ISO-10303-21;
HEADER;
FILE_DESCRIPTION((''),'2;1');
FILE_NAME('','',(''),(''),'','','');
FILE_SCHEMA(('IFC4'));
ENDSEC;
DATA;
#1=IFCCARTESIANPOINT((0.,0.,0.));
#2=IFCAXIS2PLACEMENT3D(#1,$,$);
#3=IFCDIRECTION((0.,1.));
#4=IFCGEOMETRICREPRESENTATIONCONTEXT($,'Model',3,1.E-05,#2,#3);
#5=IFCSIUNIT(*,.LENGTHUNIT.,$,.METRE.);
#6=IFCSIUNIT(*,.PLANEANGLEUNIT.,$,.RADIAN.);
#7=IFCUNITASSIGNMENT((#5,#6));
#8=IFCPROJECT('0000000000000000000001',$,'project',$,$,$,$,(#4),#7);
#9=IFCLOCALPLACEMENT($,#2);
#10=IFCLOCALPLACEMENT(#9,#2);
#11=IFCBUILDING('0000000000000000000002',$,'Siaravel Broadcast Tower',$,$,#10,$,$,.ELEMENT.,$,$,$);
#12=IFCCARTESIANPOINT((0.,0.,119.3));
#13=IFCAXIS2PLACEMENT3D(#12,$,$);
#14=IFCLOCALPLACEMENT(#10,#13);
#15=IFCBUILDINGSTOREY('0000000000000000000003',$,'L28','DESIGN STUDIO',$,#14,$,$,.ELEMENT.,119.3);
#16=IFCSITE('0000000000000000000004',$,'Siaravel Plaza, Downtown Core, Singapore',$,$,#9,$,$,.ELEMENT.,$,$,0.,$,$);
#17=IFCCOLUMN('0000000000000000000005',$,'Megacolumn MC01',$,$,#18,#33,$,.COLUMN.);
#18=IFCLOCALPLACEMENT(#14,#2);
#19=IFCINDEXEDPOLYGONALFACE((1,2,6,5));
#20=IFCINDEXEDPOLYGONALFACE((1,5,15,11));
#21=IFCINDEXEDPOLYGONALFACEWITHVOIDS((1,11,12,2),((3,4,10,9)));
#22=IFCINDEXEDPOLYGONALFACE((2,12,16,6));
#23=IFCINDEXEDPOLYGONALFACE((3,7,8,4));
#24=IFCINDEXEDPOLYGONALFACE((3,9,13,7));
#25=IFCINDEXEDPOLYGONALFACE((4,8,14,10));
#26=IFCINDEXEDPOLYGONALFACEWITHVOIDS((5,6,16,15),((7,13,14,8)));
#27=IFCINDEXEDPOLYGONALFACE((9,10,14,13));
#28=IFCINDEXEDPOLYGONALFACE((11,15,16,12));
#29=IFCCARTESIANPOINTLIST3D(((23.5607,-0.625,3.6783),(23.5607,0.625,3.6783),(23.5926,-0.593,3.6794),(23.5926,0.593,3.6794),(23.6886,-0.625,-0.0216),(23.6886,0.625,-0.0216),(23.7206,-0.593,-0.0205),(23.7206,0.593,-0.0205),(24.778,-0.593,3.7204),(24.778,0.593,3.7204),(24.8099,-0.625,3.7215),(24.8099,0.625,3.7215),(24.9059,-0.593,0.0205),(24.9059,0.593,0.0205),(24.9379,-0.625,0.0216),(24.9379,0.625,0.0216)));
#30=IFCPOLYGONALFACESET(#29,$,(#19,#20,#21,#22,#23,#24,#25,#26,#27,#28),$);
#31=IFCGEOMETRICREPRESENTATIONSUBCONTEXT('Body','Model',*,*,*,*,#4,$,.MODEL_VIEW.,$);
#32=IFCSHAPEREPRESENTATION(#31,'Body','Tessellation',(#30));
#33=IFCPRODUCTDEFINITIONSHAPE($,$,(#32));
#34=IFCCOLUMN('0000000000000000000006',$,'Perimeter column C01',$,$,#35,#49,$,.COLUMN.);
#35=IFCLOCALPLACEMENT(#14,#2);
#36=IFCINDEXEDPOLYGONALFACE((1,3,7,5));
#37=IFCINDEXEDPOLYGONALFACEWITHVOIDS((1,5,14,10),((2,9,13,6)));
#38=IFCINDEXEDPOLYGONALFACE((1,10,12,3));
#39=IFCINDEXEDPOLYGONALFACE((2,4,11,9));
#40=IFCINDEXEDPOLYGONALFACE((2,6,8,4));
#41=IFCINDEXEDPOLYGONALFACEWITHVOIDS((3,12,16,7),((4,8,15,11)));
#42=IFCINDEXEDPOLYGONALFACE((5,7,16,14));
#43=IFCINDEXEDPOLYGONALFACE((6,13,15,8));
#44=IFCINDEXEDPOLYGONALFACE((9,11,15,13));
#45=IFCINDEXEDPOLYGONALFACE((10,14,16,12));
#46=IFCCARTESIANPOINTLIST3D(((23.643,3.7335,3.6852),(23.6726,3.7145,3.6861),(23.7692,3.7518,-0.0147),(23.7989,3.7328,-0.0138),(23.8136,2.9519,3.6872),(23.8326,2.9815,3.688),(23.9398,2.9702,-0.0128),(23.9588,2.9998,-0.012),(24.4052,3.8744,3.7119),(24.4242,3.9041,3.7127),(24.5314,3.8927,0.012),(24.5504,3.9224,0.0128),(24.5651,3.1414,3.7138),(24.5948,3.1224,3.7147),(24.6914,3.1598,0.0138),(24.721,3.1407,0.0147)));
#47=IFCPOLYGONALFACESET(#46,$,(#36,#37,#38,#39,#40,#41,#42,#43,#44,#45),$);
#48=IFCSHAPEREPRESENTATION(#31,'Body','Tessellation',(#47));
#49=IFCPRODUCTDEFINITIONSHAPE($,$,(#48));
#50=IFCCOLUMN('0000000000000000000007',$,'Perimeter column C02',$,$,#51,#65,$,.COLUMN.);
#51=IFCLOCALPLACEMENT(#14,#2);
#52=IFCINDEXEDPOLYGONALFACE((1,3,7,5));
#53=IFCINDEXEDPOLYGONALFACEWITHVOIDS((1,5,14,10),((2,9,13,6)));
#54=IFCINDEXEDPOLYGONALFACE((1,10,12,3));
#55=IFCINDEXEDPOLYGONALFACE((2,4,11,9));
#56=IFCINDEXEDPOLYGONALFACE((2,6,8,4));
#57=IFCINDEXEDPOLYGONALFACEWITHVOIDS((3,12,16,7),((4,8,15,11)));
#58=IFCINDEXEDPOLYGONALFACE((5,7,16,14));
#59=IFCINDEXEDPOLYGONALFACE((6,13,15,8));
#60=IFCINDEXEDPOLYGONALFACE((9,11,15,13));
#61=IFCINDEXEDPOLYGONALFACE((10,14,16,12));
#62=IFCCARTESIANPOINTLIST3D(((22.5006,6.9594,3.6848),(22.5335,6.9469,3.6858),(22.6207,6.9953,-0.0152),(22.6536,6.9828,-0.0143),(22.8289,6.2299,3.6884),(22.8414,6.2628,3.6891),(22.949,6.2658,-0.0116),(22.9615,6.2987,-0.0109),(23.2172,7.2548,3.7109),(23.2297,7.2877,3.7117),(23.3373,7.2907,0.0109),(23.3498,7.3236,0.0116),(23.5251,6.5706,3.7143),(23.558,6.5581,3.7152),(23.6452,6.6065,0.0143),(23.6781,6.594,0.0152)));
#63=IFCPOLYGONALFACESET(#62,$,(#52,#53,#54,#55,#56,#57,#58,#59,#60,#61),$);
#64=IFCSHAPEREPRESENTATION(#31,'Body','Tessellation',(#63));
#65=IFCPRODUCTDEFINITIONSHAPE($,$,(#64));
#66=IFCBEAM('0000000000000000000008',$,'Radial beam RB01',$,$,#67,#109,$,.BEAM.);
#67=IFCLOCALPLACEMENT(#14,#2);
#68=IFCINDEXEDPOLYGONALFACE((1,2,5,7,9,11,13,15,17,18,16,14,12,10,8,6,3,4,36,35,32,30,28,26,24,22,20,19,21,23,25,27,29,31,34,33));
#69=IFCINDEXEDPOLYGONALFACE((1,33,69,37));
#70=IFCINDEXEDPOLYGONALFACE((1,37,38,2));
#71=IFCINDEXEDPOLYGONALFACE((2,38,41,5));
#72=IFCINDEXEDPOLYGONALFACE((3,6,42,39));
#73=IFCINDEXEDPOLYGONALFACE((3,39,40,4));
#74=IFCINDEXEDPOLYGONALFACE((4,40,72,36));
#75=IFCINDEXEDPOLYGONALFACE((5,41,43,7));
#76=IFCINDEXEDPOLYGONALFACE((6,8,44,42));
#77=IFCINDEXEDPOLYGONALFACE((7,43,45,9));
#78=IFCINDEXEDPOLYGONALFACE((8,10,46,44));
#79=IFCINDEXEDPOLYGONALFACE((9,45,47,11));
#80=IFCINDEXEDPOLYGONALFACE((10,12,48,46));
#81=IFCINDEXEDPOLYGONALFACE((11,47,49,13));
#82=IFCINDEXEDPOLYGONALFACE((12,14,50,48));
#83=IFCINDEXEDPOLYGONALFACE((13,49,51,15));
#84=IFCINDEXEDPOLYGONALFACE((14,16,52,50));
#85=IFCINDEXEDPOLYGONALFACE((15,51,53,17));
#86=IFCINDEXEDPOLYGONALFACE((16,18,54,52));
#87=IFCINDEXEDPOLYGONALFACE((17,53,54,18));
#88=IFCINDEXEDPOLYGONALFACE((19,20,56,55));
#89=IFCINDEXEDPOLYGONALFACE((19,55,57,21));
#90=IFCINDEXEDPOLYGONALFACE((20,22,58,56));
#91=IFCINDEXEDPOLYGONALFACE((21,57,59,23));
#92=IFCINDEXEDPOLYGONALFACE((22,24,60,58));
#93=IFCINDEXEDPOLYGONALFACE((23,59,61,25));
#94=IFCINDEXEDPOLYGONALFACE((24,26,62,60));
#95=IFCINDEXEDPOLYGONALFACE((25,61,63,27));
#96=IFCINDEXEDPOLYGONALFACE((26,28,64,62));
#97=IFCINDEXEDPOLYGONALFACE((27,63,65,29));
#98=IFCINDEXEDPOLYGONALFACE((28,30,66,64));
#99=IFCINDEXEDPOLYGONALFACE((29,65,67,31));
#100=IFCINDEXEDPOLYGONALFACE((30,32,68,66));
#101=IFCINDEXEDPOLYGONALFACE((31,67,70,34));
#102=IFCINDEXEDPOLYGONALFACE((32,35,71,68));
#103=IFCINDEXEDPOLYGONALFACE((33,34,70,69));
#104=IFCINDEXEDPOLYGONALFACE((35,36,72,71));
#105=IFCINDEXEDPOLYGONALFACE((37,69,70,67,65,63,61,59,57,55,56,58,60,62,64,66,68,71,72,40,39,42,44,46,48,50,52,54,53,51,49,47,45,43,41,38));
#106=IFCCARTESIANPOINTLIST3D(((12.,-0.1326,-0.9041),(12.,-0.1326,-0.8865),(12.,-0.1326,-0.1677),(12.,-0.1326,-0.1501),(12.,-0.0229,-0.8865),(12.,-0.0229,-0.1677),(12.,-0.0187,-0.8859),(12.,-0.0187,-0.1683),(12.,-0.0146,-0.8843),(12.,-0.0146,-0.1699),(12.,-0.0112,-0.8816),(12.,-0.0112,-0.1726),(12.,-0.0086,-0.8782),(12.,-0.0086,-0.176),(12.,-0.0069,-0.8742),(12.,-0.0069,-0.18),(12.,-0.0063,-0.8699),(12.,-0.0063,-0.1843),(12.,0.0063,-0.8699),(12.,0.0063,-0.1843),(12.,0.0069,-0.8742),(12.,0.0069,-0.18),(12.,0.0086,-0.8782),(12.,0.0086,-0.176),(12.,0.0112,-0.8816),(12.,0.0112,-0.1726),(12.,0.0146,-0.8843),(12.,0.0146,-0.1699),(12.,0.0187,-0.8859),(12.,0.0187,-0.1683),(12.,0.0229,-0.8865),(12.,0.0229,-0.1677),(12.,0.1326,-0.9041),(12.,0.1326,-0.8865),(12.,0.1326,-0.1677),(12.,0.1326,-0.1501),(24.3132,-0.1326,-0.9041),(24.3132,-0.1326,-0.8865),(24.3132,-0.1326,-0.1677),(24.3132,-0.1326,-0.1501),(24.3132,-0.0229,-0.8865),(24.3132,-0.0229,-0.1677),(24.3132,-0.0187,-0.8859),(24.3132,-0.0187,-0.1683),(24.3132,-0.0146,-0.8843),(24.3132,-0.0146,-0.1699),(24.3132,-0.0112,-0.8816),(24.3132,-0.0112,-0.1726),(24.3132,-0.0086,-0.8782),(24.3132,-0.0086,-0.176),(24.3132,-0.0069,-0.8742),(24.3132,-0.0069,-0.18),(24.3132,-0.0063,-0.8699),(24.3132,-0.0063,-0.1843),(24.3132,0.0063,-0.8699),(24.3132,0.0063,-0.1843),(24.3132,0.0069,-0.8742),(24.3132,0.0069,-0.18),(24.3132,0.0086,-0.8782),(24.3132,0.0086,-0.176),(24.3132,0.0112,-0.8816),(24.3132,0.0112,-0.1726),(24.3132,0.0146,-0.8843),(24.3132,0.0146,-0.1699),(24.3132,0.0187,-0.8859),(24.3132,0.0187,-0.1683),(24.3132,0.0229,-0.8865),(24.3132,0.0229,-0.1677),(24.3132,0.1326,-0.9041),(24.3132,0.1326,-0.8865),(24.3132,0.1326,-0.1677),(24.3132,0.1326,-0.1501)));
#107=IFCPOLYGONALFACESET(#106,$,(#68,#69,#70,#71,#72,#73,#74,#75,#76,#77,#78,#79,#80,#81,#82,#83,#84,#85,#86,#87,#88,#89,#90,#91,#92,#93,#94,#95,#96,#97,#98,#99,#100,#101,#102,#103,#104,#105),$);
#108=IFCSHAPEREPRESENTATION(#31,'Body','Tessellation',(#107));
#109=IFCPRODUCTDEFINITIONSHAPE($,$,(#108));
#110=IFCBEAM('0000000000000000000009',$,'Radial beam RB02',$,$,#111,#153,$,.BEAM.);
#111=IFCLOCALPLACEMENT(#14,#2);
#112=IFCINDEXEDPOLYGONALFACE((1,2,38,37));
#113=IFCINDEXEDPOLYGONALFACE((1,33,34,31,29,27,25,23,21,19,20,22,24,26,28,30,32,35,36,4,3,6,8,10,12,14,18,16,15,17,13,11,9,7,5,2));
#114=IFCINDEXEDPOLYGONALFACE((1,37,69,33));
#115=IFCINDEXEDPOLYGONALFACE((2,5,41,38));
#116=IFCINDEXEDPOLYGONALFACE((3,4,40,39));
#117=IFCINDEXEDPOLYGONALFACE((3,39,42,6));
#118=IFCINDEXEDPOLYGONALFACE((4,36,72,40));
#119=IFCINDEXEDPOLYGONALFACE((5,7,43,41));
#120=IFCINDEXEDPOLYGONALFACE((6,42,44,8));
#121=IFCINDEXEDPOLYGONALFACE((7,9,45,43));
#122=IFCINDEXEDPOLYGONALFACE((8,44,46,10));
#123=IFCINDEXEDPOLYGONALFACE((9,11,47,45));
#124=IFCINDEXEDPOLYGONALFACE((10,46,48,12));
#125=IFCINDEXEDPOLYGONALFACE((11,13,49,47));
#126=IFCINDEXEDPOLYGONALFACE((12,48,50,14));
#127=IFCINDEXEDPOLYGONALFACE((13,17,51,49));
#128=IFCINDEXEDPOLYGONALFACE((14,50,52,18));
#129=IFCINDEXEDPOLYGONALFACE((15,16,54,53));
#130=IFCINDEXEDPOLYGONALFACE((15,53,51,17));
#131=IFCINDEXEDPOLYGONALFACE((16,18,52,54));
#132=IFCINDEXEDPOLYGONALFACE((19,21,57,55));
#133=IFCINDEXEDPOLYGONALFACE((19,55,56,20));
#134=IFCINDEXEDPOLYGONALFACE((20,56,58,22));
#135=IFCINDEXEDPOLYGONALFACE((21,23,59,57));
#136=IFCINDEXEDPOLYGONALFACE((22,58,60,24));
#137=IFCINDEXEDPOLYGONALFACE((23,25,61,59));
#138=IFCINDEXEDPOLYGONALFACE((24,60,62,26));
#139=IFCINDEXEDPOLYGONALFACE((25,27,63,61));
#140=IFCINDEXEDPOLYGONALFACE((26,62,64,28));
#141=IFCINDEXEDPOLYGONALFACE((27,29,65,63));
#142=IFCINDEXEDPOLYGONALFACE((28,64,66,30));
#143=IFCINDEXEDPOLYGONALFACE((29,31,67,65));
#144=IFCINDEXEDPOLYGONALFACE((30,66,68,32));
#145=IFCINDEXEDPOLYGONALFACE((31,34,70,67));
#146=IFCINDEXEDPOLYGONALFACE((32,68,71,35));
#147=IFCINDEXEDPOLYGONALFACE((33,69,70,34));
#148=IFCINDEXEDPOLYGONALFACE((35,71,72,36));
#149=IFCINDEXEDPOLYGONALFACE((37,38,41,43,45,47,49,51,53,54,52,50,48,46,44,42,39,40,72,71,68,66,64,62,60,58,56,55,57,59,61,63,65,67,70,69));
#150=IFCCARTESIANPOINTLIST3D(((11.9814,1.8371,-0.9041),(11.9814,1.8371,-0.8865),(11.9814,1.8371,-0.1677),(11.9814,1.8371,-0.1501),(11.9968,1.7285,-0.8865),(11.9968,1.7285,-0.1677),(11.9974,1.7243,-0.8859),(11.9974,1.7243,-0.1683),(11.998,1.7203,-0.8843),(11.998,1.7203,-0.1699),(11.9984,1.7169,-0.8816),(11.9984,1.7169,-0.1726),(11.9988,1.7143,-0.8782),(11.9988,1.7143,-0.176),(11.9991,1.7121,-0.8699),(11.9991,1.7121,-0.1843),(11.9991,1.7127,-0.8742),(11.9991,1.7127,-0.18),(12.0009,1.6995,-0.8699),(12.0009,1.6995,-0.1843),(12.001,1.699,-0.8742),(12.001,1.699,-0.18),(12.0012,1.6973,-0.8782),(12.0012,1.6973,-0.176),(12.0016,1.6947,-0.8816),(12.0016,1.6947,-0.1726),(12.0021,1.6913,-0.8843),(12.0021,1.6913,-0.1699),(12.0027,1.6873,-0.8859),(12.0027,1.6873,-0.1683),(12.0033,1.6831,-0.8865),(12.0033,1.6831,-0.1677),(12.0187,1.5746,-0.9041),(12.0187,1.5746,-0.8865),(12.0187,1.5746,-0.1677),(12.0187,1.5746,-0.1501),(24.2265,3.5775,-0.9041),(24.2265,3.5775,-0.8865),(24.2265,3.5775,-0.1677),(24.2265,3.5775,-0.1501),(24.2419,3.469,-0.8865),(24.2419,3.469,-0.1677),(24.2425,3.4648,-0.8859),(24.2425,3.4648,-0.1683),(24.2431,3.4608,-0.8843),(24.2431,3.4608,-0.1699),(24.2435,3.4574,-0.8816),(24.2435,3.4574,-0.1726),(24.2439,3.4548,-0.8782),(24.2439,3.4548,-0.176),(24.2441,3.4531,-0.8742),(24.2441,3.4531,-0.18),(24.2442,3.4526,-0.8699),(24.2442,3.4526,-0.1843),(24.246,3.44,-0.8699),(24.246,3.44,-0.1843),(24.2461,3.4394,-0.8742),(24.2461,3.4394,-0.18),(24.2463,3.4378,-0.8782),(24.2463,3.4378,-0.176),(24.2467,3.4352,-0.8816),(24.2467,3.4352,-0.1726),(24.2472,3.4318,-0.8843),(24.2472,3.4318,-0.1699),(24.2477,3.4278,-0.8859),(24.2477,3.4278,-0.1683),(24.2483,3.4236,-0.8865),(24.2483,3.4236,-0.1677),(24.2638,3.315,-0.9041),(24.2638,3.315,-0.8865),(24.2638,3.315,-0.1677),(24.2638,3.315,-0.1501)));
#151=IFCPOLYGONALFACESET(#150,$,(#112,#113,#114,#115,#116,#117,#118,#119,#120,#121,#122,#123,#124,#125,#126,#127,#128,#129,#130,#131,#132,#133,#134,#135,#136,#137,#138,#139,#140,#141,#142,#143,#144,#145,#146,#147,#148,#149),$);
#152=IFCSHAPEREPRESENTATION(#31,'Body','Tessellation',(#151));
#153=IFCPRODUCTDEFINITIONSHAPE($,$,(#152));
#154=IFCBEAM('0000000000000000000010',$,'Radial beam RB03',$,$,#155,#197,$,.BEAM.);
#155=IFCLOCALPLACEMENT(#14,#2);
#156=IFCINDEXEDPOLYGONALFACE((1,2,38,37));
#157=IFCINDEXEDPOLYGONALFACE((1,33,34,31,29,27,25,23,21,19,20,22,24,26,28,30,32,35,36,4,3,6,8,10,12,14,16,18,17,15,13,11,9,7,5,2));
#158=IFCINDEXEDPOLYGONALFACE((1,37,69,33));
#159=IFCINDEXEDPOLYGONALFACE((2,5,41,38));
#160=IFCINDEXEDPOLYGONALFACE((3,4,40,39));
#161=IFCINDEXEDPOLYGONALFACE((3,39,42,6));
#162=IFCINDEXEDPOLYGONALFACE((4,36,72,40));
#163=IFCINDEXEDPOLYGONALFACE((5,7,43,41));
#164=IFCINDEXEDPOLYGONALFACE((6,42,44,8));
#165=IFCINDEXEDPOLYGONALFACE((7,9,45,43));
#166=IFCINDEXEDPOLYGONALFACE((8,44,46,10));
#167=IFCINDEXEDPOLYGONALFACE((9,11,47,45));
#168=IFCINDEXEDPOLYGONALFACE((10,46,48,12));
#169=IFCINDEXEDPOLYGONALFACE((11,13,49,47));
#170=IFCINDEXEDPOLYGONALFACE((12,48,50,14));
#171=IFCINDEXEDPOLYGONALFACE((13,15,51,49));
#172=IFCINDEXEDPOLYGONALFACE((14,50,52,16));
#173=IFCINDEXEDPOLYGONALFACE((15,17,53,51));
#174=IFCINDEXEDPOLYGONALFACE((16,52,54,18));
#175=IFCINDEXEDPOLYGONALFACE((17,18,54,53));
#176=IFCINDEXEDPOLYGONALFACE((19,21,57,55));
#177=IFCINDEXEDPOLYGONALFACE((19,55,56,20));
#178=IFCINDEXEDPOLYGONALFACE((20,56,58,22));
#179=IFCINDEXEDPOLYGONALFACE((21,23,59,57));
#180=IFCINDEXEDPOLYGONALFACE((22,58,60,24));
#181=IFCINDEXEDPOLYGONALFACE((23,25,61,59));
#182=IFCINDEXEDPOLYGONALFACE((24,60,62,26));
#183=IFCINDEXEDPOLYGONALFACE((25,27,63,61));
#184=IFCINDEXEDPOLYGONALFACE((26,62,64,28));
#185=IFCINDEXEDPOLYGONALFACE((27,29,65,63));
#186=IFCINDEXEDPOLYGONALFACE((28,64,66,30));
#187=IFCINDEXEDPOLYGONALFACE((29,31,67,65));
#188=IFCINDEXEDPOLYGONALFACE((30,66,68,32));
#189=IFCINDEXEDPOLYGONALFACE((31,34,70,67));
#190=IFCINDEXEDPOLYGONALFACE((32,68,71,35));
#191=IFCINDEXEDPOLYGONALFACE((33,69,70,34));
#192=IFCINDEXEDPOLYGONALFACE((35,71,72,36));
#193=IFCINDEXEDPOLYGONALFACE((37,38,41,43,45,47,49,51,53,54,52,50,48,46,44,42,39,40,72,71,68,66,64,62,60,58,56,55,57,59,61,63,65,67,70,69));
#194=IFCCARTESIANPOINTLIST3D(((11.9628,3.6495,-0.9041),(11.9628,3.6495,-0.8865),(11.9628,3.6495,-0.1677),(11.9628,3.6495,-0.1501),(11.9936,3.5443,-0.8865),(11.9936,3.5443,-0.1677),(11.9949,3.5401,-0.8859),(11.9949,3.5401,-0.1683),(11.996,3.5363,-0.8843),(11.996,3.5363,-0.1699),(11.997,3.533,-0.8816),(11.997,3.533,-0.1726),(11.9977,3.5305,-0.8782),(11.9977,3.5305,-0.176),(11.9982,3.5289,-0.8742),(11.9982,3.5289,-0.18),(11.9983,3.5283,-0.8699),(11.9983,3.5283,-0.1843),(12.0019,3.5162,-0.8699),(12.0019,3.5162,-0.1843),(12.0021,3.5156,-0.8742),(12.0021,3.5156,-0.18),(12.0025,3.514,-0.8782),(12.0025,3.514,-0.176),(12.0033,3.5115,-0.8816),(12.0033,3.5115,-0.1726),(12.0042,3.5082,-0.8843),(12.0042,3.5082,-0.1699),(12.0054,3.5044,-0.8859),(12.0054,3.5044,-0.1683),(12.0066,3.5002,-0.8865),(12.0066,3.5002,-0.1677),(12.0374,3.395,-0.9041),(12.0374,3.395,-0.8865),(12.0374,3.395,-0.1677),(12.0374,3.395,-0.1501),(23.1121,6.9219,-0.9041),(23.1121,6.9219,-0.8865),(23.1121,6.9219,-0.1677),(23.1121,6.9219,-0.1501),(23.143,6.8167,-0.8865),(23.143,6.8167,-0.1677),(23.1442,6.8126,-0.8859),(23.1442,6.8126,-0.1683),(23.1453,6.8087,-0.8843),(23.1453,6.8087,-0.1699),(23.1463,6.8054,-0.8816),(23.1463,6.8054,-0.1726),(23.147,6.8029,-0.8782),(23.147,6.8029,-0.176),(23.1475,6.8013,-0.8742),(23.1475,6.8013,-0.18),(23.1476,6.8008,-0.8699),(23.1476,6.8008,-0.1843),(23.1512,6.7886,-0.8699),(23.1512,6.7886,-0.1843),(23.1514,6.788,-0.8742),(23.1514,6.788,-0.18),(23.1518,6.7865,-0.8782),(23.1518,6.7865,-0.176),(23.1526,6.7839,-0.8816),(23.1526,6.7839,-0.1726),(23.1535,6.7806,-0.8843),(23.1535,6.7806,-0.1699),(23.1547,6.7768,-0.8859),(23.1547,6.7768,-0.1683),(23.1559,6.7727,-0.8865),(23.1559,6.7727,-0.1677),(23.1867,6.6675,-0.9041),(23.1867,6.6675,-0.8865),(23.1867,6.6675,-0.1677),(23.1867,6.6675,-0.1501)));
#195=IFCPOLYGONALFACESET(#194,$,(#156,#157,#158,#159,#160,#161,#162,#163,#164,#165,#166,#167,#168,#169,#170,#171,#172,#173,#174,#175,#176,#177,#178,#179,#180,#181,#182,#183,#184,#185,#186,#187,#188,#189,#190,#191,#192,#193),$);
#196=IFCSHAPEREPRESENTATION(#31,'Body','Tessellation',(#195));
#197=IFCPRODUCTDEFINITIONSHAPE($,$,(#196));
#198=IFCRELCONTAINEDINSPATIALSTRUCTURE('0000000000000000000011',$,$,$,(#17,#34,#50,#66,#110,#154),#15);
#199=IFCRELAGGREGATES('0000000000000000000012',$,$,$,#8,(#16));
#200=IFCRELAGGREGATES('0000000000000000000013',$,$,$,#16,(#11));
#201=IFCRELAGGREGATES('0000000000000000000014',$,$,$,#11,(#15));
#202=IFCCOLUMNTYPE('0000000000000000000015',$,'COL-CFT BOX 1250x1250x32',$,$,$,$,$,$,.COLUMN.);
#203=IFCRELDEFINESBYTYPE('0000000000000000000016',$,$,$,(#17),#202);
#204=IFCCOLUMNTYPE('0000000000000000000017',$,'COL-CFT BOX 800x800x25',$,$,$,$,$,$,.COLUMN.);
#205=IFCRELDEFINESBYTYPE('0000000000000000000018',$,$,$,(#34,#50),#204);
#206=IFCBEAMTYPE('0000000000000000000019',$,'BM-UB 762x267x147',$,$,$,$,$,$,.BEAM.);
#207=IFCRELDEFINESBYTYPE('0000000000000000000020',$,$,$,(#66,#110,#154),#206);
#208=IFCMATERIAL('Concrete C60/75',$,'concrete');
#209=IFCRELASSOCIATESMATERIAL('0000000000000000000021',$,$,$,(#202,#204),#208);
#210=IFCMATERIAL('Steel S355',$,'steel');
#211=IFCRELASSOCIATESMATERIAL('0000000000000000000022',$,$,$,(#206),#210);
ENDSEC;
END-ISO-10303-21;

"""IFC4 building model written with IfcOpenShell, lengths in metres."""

from ifc_helpers import new_model, si_unit, direction, frame, origin, origin_2d, place, context, subcontext, project, spatial, hollow_rectangle, i_section, extrude, material, material_profile, profile_set, type_object, element, save


model = new_model("IFC4")

# Units and contexts
model_context = context("Model", 3, precision=1e-05, world=origin(), true_north=direction((0.0, 1.0)))
body_context = subcontext(model_context, "Body", "Model", "MODEL_VIEW")
ifc_project = project(units=[si_unit("LENGTHUNIT", "METRE"), si_unit("PLANEANGLEUNIT", "RADIAN")], contexts=[model_context])

# Site, building, storey
site_placement = place(None, origin())
site = spatial("IfcSite", under=ifc_project, at=site_placement, Name="Siaravel Plaza, Downtown Core, Singapore", CompositionType="ELEMENT", RefElevation=0.0)
building_placement = place(site_placement, origin())
building = spatial("IfcBuilding", under=site, at=building_placement, Name="Siaravel Broadcast Tower", CompositionType="ELEMENT")
storey_placement = place(building_placement, frame((0.0, 0.0, 119.3)))
storey = spatial("IfcBuildingStorey", under=building, at=storey_placement, Name="L28", Description="DESIGN STUDIO", CompositionType="ELEMENT", Elevation=119.3)

# Columns
ifc_material_1 = material(Name="Concrete C60/75", Category="concrete")
ifc_material_profile_1 = material_profile(ifc_material_1, hollow_rectangle(XDim=1.25, YDim=1.25, WallThickness=0.032, at=origin_2d()))
ifc_profile_set_1 = profile_set([ifc_material_profile_1], Name="Concrete C60/75")
column_type_1 = type_object("IfcColumnType", Name="COL-CFT BOX 1250x1250x32", PredefinedType="COLUMN", material=ifc_profile_set_1)
column_placement = place(storey_placement, frame((24.3132, 0.0, 0.0), z_axis=(-0.034555, 0.0, 0.999403), x_axis=(0.0, -1.0, 0.0)))
element("IfcColumn", 1, at=column_placement, inside=storey, type_object=column_type_1, Name="Megacolumn MC01", PredefinedType="COLUMN", context=body_context, shape_type="SweptSolid", body=[
    extrude(hollow_rectangle(XDim=1.25, YDim=1.25, WallThickness=0.032, at=origin_2d()), origin(), (0.0, 0.0, 1.0), 3.7021),
])
ifc_material_profile_2 = material_profile(ifc_material_1, hollow_rectangle(XDim=0.8, YDim=0.8, WallThickness=0.0249, at=origin_2d()))
ifc_profile_set_2 = profile_set([ifc_material_profile_2], Name="Concrete C60/75")
column_type_2 = type_object("IfcColumnType", Name="COL-CFT BOX 800x800x25", PredefinedType="COLUMN", material=ifc_profile_set_2)
for number, where, z_axis, x_axis, name in (
    (2, (24.2451, 3.4463, 0.0), (-0.034094, -0.004946, 0.999406), (0.213197, -0.977006, 0.002438), "Perimeter column C01"),
    (3, (23.1494, 6.7947, 0.0), (-0.032446, -0.009694, 0.999426), (0.410409, -0.91189, 0.004479), "Perimeter column C02"),
):
    element("IfcColumn", number, at=place(storey_placement, frame(where, z_axis=z_axis, x_axis=x_axis)), inside=storey, type_object=column_type_2, Name=name, PredefinedType="COLUMN", context=body_context, shape_type="SweptSolid", body=[
        extrude(hollow_rectangle(XDim=0.8, YDim=0.8, WallThickness=0.0249, at=origin_2d()), origin(), (0.0, 0.0, 1.0), 3.7021),
    ])

# Beams
ifc_material_2 = material(Name="Steel S355", Category="steel")
ifc_material_profile_3 = material_profile(ifc_material_2, i_section(OverallWidth=0.2651, OverallDepth=0.7539, WebThickness=0.0127, FlangeThickness=0.0176, FilletRadius=0.0166, at=origin_2d()))
ifc_profile_set_3 = profile_set([ifc_material_profile_3], Name="Steel S355")
beam_type = type_object("IfcBeamType", Name="BM-UB 762x267x147", PredefinedType="BEAM", material=ifc_profile_set_3)
beam_1_placement = place(storey_placement, frame((24.3132, 0.0, -0.5271), z_axis=(-1.0, 0.0, 0.0), x_axis=(0.0, -1.0, 0.0)))
element("IfcBeam", 4, at=beam_1_placement, inside=storey, type_object=beam_type, Name="Radial beam RB01", PredefinedType="BEAM", context=body_context, shape_type="SweptSolid", body=[
    extrude(i_section(OverallWidth=0.2651, OverallDepth=0.7539, WebThickness=0.0127, FlangeThickness=0.0176, FilletRadius=0.0166, at=origin_2d()), origin(), (0.0, 0.0, 1.0), 12.3132),
])
beam_2_placement = place(storey_placement, frame((24.2451, 3.4463, -0.5271), z_axis=(-0.990049, -0.140722, 0.0), x_axis=(0.140722, -0.990049, 0.0)))
element("IfcBeam", 5, at=beam_2_placement, inside=storey, type_object=beam_type, Name="Radial beam RB02", PredefinedType="BEAM", context=body_context, shape_type="SweptSolid", body=[
    extrude(i_section(OverallWidth=0.2651, OverallDepth=0.7539, WebThickness=0.0127, FlangeThickness=0.0176, FilletRadius=0.0166, at=origin_2d()), origin(), (0.0, 0.0, 1.0), 12.3682),
])
beam_3_placement = place(storey_placement, frame((23.1494, 6.7947, -0.5271), z_axis=(-0.959523, -0.281629, 0.0), x_axis=(0.281629, -0.959523, 0.0)))
element("IfcBeam", 6, at=beam_3_placement, inside=storey, type_object=beam_type, Name="Radial beam RB03", PredefinedType="BEAM", context=body_context, shape_type="SweptSolid", body=[
    extrude(i_section(OverallWidth=0.2651, OverallDepth=0.7539, WebThickness=0.0127, FlangeThickness=0.0176, FilletRadius=0.0166, at=origin_2d()), origin(), (0.0, 0.0, 1.0), 11.6196),
])

save(model, "model.ifc")
